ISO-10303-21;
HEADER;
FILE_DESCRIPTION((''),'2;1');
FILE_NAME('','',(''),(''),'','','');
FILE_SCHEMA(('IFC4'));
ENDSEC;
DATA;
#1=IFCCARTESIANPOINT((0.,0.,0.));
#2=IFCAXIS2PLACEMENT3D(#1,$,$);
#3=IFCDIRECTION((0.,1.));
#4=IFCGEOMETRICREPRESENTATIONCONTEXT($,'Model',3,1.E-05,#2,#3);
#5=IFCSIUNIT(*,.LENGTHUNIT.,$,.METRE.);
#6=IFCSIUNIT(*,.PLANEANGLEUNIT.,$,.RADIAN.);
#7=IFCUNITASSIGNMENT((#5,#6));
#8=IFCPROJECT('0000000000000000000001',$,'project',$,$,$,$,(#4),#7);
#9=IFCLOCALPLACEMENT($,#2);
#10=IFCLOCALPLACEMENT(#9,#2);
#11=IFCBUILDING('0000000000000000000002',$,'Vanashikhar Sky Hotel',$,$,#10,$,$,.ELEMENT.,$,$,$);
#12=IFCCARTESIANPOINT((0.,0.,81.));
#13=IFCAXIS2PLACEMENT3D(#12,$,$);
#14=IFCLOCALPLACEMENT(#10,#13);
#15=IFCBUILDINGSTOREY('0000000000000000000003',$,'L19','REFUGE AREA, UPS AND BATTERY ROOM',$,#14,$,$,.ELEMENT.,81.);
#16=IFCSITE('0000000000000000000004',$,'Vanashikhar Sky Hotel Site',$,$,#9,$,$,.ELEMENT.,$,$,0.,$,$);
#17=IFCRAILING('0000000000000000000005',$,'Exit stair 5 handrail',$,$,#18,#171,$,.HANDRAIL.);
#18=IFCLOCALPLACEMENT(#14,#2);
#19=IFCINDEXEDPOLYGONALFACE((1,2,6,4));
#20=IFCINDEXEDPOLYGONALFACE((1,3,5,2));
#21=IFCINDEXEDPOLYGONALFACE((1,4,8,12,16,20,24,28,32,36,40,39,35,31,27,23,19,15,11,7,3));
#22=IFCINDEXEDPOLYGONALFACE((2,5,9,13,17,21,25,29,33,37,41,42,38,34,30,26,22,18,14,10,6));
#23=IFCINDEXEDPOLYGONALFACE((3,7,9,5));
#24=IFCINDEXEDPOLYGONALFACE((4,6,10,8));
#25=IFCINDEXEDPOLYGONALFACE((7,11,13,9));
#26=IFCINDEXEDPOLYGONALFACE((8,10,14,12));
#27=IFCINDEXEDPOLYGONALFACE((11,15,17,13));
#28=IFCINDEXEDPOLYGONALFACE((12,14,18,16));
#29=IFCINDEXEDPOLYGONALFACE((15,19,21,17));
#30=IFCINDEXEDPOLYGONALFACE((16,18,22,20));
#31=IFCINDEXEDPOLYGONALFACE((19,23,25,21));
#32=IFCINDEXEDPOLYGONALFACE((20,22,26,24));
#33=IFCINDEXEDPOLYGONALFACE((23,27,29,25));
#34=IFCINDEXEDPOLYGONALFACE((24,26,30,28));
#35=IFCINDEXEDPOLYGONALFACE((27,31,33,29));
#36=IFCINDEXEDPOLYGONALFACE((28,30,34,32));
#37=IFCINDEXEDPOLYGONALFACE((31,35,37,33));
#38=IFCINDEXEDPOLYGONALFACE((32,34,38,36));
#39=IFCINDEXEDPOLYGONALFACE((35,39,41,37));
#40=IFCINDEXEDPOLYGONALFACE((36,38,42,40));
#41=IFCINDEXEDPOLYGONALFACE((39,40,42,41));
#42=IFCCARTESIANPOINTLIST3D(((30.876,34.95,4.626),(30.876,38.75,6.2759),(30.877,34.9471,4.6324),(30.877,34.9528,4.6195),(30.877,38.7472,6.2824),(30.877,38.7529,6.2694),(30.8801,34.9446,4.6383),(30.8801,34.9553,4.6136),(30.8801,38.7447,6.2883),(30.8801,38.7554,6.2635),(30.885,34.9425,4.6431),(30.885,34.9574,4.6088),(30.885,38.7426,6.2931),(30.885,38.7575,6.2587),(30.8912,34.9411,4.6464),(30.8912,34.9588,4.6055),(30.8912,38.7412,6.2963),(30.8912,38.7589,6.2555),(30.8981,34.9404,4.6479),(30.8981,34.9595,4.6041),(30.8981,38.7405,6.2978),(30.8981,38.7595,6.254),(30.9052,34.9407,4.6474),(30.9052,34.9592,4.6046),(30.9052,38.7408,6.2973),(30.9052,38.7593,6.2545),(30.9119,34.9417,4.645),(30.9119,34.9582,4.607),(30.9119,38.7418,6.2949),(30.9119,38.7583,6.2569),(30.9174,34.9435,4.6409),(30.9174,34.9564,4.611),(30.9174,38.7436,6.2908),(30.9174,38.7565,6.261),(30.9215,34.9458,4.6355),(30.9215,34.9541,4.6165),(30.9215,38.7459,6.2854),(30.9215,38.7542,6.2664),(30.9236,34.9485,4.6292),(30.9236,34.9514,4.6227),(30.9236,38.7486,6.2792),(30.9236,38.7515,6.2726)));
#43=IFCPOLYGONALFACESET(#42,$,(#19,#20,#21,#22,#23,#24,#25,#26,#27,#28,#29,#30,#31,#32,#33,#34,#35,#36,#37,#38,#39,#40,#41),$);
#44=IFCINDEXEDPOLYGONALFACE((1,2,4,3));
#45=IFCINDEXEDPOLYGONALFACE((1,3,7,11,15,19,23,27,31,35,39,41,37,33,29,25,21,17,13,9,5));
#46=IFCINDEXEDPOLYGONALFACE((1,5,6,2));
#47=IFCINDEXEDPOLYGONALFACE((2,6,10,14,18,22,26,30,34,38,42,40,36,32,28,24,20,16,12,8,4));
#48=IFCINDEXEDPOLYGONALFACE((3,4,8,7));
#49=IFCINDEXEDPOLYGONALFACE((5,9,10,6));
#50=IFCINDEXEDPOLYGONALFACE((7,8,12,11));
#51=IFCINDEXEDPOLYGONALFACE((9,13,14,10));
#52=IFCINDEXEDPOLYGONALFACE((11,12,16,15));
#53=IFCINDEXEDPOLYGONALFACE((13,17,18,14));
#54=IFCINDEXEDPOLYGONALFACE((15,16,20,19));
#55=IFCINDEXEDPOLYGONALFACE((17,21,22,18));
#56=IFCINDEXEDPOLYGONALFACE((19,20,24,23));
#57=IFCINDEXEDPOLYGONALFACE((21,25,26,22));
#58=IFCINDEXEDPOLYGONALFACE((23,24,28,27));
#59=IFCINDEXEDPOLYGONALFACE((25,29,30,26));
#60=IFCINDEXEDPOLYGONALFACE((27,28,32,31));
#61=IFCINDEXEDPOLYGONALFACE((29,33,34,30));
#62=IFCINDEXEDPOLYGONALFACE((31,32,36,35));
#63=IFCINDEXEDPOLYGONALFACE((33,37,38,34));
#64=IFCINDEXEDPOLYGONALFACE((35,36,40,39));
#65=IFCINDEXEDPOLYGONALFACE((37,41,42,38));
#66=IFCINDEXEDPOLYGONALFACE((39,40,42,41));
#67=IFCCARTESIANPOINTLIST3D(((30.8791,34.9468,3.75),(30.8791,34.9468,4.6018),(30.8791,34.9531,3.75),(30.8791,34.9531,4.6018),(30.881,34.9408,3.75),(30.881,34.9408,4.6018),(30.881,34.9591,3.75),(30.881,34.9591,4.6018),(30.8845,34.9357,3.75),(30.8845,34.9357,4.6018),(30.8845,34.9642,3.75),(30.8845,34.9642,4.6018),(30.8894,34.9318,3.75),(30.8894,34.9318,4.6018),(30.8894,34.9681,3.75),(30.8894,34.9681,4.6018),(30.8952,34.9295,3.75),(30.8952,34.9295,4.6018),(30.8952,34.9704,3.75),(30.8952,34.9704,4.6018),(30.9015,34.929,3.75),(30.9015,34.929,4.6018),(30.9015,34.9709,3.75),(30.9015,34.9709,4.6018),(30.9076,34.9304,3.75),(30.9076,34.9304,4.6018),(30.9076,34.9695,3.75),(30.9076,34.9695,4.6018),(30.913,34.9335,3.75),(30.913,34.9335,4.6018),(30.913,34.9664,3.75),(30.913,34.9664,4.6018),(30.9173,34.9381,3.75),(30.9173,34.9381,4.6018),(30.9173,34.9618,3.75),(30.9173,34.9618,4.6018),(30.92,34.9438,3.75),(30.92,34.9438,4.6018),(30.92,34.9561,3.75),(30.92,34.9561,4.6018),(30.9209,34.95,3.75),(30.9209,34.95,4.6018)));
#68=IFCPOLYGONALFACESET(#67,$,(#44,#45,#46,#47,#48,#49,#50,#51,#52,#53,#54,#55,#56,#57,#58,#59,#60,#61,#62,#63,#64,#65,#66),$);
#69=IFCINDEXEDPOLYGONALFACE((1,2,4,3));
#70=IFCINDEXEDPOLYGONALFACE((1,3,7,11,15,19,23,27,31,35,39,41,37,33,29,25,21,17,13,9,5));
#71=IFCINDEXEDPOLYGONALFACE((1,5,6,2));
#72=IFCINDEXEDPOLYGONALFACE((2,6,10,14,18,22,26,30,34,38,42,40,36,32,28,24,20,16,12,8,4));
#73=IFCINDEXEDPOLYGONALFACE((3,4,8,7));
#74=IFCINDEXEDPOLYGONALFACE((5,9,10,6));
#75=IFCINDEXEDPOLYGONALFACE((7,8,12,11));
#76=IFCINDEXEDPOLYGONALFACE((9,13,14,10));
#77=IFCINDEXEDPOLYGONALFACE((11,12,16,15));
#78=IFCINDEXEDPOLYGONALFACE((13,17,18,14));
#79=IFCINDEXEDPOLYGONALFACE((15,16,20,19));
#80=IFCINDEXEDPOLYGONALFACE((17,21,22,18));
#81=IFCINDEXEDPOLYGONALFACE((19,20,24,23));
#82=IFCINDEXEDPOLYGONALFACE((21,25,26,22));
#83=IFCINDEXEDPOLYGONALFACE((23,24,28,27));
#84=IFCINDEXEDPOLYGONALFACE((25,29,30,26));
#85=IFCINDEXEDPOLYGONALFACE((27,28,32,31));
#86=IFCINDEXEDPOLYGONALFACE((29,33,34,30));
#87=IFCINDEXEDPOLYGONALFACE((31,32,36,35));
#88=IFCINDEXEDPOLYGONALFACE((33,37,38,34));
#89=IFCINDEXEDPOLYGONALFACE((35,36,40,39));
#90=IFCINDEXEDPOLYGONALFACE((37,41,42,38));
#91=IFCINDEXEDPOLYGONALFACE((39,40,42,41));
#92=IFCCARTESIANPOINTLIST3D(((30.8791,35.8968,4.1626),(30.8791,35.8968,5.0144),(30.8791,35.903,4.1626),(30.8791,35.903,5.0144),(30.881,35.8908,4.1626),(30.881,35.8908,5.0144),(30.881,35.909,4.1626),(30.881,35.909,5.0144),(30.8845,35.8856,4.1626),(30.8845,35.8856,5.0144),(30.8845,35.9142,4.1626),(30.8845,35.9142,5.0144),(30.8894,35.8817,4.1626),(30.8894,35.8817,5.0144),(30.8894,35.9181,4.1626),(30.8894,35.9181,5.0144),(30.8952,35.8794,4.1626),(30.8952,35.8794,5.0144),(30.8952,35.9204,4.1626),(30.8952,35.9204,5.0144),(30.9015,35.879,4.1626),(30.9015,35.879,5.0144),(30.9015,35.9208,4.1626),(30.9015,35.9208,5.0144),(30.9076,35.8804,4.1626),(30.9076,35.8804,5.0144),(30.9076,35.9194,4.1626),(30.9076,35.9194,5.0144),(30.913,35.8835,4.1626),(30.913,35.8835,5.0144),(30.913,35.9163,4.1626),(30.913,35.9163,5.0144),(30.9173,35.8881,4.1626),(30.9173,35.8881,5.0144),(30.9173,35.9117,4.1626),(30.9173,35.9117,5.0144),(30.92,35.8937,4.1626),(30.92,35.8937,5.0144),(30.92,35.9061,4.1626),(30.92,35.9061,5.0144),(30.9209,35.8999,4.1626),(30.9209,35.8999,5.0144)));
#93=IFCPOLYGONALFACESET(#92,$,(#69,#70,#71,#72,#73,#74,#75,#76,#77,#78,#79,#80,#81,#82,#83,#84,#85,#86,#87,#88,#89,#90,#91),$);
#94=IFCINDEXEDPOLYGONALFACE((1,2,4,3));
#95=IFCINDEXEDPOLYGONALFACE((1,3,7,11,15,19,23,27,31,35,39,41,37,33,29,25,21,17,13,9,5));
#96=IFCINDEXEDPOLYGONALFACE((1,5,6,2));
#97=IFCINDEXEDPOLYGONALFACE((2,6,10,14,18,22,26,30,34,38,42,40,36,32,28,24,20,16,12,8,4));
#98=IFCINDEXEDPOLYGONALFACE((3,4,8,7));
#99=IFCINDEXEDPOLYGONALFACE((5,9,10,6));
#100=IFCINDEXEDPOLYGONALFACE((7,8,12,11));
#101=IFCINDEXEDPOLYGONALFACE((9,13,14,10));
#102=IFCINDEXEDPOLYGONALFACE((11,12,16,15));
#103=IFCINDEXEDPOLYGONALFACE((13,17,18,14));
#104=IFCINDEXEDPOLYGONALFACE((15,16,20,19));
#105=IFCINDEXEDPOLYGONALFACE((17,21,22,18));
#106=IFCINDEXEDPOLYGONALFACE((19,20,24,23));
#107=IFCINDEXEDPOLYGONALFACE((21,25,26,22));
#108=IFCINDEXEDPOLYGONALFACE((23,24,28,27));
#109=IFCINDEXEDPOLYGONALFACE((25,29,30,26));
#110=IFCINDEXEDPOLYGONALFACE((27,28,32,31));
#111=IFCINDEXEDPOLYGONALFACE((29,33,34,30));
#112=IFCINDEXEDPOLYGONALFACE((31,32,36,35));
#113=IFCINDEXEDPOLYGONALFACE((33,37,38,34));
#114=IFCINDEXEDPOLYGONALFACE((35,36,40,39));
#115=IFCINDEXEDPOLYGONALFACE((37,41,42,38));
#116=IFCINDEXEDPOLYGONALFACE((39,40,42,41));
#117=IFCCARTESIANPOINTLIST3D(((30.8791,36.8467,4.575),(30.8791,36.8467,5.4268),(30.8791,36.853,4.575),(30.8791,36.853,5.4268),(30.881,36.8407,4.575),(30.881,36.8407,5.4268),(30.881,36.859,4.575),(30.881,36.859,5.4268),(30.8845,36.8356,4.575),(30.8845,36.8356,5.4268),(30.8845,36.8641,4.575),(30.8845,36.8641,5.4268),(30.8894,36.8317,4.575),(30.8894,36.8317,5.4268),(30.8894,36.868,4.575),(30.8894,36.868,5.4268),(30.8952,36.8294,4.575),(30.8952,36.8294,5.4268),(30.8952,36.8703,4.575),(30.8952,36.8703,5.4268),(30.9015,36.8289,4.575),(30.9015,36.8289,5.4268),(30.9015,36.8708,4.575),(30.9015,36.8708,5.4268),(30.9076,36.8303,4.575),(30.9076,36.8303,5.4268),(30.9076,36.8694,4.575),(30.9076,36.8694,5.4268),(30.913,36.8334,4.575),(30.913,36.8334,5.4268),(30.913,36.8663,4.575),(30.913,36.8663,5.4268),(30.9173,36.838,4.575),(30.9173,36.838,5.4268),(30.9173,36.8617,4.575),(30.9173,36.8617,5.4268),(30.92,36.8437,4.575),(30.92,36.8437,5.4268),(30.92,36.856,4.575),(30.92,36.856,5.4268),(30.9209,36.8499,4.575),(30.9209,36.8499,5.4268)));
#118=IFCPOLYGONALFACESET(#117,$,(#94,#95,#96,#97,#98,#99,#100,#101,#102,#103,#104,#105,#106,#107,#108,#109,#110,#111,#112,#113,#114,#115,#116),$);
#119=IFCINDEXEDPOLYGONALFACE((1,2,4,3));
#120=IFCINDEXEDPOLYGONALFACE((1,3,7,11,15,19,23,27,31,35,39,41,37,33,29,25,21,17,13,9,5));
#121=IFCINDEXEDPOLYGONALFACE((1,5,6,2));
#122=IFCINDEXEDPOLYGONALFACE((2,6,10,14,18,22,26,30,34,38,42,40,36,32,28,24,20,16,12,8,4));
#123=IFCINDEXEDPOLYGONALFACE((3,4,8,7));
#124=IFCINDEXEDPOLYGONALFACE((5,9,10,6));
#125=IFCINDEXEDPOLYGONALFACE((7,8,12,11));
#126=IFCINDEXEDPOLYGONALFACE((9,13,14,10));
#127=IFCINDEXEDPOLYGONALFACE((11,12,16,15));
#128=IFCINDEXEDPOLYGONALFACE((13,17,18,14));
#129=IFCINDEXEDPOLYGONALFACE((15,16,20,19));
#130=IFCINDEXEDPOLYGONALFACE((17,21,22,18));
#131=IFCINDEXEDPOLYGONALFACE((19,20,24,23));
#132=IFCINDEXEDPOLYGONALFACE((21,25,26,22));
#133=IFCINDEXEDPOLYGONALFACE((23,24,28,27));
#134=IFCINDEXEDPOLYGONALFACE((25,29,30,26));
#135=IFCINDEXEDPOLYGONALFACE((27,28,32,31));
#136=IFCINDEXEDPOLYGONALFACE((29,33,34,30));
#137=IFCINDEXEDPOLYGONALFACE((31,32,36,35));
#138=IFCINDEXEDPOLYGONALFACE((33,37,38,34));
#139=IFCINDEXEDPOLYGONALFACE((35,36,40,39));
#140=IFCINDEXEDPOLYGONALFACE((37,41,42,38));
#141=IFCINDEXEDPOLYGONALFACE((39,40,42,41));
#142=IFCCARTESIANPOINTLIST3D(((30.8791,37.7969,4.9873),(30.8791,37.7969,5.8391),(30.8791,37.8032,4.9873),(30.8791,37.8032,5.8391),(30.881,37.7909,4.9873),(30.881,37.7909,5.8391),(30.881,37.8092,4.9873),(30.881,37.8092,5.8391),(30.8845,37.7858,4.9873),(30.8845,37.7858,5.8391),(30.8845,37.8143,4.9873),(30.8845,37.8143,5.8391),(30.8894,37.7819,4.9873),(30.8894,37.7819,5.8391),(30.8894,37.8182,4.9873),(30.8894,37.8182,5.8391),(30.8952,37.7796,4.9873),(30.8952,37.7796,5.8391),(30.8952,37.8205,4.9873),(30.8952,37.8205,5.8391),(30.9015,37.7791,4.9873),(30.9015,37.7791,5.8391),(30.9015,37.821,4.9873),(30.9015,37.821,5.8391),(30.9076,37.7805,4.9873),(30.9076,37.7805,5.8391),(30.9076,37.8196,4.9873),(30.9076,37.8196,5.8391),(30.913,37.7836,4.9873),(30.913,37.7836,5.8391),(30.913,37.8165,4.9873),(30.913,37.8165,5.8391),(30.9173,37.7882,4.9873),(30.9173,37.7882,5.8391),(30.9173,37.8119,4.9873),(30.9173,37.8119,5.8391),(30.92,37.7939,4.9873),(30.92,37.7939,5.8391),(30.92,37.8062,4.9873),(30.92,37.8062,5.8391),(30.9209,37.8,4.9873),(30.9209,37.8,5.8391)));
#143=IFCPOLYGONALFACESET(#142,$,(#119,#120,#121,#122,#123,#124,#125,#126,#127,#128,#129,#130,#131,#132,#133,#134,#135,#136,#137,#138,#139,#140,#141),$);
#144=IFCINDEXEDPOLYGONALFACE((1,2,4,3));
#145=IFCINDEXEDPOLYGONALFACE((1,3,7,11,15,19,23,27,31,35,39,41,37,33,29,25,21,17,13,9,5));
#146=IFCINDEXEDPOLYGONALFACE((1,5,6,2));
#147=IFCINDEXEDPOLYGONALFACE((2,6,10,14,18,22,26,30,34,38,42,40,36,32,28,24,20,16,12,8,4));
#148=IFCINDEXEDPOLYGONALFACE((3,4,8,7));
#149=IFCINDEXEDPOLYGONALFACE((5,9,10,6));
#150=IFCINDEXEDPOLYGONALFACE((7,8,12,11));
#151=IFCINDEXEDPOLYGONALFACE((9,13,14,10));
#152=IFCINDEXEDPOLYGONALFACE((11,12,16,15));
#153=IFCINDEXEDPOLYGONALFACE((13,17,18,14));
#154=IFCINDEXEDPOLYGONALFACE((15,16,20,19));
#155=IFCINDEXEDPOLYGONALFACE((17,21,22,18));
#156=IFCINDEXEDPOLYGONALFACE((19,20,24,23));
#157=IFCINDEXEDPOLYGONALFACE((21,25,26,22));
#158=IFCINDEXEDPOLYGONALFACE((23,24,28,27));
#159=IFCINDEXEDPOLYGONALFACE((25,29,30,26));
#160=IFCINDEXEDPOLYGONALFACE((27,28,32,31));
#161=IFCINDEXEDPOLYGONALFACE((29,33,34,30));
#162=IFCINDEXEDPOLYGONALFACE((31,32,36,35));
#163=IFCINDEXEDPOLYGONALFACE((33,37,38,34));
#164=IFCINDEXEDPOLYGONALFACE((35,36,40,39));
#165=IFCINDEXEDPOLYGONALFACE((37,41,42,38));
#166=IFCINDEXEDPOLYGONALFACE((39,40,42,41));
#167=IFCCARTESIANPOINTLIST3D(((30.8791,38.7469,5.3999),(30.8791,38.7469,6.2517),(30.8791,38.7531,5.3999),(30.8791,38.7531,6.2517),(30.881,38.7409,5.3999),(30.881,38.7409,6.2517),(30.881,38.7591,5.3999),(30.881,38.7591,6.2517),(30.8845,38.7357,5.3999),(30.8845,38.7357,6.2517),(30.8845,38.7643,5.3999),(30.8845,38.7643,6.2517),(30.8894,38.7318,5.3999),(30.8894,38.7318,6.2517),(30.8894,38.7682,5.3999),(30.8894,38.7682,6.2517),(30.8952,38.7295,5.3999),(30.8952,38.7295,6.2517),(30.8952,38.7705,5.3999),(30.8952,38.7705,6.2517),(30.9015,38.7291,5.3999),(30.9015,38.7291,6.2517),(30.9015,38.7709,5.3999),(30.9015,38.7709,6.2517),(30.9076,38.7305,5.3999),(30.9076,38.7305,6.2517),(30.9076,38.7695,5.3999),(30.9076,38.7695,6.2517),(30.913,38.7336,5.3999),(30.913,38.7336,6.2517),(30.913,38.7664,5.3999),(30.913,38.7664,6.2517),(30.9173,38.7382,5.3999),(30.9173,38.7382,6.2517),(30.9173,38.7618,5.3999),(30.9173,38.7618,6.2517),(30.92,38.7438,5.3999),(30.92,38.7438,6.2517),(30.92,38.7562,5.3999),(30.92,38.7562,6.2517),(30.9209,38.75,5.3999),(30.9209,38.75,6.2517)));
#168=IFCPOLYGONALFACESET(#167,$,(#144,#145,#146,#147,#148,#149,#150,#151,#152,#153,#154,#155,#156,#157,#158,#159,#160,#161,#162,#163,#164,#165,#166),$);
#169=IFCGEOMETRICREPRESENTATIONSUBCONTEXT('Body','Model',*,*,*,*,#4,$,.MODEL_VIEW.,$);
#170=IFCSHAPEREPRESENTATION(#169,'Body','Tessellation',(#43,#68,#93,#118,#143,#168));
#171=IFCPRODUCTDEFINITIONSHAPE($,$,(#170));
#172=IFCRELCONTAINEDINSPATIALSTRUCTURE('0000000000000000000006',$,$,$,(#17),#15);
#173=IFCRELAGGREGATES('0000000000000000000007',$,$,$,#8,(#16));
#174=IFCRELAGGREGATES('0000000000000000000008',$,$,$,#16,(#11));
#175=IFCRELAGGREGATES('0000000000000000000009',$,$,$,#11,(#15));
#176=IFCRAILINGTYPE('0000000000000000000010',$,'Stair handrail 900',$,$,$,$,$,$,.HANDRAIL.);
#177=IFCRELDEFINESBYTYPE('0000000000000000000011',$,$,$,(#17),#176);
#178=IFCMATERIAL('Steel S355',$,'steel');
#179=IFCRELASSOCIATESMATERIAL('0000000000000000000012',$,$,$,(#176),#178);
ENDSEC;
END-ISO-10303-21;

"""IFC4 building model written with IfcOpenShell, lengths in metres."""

from ifc_helpers import new_model, si_unit, direction, frame, origin, origin_2d, place, context, subcontext, project, spatial, circle, extrude, source, transform, mapped, material, type_object, element, save


model = new_model("IFC4")

# Units and contexts
model_context = context("Model", 3, precision=1e-05, world=origin(), true_north=direction((0.0, 1.0)))
body_context = subcontext(model_context, "Body", "Model", "MODEL_VIEW")
ifc_project = project(units=[si_unit("LENGTHUNIT", "METRE"), si_unit("PLANEANGLEUNIT", "RADIAN")], contexts=[model_context])

# Site, building, storey
site_placement = place(None, origin())
site = spatial("IfcSite", under=ifc_project, at=site_placement, Name="Vanashikhar Sky Hotel Site", CompositionType="ELEMENT", RefElevation=0.0)
building_placement = place(site_placement, origin())
building = spatial("IfcBuilding", under=site, at=building_placement, Name="Vanashikhar Sky Hotel", CompositionType="ELEMENT")
storey_placement = place(building_placement, frame((0.0, 0.0, 81.0)))
storey = spatial("IfcBuildingStorey", under=building, at=storey_placement, Name="L19", Description="REFUGE AREA, UPS AND BATTERY ROOM", CompositionType="ELEMENT", Elevation=81.0)

# Railing
ifc_material_1 = material(Name="Steel S355", Category="steel")
railing_type_1 = type_object("IfcRailingType", Name="Stair handrail 900", PredefinedType="HANDRAIL", material=ifc_material_1)
shared_shape_1 = source(origin(), body_context, "Body", "SweptSolid", [
    extrude(circle(Radius=0.0239, at=origin_2d()), frame((0.0, 0.0, 0.876), z_axis=(0.0, 0.917272, 0.398261), x_axis=(-1.0, 0.0, 0.0)), (0.0, 0.0, 1.0), 4.1428),
    extrude(circle(Radius=0.021, at=origin_2d()), origin(), (0.0, 0.0, 1.0), 0.8518),
    extrude(circle(Radius=0.021, at=origin_2d()), frame((0.0, 0.95, 0.4126)), (0.0, 0.0, 1.0), 0.8518),
    extrude(circle(Radius=0.021, at=origin_2d()), frame((0.0, 1.8999, 0.825)), (0.0, 0.0, 1.0), 0.8518),
    extrude(circle(Radius=0.021, at=origin_2d()), frame((0.0, 2.8501, 1.2373)), (0.0, 0.0, 1.0), 0.8518),
    extrude(circle(Radius=0.021, at=origin_2d()), frame((0.0, 3.8, 1.6499)), (0.0, 0.0, 1.0), 0.8518),
])
railing_1_placement = place(storey_placement, frame((30.8999, 34.95, 3.75)))
element("IfcRailing", 1, at=railing_1_placement, inside=storey, type_object=railing_type_1, Name="Exit stair 5 handrail", PredefinedType="HANDRAIL", context=body_context, shape_type="MappedRepresentation", body=[
    mapped(shared_shape_1, transform((0.0, 0.0, 0.0), scale=1.0)),
])

save(model, "model.ifc")
